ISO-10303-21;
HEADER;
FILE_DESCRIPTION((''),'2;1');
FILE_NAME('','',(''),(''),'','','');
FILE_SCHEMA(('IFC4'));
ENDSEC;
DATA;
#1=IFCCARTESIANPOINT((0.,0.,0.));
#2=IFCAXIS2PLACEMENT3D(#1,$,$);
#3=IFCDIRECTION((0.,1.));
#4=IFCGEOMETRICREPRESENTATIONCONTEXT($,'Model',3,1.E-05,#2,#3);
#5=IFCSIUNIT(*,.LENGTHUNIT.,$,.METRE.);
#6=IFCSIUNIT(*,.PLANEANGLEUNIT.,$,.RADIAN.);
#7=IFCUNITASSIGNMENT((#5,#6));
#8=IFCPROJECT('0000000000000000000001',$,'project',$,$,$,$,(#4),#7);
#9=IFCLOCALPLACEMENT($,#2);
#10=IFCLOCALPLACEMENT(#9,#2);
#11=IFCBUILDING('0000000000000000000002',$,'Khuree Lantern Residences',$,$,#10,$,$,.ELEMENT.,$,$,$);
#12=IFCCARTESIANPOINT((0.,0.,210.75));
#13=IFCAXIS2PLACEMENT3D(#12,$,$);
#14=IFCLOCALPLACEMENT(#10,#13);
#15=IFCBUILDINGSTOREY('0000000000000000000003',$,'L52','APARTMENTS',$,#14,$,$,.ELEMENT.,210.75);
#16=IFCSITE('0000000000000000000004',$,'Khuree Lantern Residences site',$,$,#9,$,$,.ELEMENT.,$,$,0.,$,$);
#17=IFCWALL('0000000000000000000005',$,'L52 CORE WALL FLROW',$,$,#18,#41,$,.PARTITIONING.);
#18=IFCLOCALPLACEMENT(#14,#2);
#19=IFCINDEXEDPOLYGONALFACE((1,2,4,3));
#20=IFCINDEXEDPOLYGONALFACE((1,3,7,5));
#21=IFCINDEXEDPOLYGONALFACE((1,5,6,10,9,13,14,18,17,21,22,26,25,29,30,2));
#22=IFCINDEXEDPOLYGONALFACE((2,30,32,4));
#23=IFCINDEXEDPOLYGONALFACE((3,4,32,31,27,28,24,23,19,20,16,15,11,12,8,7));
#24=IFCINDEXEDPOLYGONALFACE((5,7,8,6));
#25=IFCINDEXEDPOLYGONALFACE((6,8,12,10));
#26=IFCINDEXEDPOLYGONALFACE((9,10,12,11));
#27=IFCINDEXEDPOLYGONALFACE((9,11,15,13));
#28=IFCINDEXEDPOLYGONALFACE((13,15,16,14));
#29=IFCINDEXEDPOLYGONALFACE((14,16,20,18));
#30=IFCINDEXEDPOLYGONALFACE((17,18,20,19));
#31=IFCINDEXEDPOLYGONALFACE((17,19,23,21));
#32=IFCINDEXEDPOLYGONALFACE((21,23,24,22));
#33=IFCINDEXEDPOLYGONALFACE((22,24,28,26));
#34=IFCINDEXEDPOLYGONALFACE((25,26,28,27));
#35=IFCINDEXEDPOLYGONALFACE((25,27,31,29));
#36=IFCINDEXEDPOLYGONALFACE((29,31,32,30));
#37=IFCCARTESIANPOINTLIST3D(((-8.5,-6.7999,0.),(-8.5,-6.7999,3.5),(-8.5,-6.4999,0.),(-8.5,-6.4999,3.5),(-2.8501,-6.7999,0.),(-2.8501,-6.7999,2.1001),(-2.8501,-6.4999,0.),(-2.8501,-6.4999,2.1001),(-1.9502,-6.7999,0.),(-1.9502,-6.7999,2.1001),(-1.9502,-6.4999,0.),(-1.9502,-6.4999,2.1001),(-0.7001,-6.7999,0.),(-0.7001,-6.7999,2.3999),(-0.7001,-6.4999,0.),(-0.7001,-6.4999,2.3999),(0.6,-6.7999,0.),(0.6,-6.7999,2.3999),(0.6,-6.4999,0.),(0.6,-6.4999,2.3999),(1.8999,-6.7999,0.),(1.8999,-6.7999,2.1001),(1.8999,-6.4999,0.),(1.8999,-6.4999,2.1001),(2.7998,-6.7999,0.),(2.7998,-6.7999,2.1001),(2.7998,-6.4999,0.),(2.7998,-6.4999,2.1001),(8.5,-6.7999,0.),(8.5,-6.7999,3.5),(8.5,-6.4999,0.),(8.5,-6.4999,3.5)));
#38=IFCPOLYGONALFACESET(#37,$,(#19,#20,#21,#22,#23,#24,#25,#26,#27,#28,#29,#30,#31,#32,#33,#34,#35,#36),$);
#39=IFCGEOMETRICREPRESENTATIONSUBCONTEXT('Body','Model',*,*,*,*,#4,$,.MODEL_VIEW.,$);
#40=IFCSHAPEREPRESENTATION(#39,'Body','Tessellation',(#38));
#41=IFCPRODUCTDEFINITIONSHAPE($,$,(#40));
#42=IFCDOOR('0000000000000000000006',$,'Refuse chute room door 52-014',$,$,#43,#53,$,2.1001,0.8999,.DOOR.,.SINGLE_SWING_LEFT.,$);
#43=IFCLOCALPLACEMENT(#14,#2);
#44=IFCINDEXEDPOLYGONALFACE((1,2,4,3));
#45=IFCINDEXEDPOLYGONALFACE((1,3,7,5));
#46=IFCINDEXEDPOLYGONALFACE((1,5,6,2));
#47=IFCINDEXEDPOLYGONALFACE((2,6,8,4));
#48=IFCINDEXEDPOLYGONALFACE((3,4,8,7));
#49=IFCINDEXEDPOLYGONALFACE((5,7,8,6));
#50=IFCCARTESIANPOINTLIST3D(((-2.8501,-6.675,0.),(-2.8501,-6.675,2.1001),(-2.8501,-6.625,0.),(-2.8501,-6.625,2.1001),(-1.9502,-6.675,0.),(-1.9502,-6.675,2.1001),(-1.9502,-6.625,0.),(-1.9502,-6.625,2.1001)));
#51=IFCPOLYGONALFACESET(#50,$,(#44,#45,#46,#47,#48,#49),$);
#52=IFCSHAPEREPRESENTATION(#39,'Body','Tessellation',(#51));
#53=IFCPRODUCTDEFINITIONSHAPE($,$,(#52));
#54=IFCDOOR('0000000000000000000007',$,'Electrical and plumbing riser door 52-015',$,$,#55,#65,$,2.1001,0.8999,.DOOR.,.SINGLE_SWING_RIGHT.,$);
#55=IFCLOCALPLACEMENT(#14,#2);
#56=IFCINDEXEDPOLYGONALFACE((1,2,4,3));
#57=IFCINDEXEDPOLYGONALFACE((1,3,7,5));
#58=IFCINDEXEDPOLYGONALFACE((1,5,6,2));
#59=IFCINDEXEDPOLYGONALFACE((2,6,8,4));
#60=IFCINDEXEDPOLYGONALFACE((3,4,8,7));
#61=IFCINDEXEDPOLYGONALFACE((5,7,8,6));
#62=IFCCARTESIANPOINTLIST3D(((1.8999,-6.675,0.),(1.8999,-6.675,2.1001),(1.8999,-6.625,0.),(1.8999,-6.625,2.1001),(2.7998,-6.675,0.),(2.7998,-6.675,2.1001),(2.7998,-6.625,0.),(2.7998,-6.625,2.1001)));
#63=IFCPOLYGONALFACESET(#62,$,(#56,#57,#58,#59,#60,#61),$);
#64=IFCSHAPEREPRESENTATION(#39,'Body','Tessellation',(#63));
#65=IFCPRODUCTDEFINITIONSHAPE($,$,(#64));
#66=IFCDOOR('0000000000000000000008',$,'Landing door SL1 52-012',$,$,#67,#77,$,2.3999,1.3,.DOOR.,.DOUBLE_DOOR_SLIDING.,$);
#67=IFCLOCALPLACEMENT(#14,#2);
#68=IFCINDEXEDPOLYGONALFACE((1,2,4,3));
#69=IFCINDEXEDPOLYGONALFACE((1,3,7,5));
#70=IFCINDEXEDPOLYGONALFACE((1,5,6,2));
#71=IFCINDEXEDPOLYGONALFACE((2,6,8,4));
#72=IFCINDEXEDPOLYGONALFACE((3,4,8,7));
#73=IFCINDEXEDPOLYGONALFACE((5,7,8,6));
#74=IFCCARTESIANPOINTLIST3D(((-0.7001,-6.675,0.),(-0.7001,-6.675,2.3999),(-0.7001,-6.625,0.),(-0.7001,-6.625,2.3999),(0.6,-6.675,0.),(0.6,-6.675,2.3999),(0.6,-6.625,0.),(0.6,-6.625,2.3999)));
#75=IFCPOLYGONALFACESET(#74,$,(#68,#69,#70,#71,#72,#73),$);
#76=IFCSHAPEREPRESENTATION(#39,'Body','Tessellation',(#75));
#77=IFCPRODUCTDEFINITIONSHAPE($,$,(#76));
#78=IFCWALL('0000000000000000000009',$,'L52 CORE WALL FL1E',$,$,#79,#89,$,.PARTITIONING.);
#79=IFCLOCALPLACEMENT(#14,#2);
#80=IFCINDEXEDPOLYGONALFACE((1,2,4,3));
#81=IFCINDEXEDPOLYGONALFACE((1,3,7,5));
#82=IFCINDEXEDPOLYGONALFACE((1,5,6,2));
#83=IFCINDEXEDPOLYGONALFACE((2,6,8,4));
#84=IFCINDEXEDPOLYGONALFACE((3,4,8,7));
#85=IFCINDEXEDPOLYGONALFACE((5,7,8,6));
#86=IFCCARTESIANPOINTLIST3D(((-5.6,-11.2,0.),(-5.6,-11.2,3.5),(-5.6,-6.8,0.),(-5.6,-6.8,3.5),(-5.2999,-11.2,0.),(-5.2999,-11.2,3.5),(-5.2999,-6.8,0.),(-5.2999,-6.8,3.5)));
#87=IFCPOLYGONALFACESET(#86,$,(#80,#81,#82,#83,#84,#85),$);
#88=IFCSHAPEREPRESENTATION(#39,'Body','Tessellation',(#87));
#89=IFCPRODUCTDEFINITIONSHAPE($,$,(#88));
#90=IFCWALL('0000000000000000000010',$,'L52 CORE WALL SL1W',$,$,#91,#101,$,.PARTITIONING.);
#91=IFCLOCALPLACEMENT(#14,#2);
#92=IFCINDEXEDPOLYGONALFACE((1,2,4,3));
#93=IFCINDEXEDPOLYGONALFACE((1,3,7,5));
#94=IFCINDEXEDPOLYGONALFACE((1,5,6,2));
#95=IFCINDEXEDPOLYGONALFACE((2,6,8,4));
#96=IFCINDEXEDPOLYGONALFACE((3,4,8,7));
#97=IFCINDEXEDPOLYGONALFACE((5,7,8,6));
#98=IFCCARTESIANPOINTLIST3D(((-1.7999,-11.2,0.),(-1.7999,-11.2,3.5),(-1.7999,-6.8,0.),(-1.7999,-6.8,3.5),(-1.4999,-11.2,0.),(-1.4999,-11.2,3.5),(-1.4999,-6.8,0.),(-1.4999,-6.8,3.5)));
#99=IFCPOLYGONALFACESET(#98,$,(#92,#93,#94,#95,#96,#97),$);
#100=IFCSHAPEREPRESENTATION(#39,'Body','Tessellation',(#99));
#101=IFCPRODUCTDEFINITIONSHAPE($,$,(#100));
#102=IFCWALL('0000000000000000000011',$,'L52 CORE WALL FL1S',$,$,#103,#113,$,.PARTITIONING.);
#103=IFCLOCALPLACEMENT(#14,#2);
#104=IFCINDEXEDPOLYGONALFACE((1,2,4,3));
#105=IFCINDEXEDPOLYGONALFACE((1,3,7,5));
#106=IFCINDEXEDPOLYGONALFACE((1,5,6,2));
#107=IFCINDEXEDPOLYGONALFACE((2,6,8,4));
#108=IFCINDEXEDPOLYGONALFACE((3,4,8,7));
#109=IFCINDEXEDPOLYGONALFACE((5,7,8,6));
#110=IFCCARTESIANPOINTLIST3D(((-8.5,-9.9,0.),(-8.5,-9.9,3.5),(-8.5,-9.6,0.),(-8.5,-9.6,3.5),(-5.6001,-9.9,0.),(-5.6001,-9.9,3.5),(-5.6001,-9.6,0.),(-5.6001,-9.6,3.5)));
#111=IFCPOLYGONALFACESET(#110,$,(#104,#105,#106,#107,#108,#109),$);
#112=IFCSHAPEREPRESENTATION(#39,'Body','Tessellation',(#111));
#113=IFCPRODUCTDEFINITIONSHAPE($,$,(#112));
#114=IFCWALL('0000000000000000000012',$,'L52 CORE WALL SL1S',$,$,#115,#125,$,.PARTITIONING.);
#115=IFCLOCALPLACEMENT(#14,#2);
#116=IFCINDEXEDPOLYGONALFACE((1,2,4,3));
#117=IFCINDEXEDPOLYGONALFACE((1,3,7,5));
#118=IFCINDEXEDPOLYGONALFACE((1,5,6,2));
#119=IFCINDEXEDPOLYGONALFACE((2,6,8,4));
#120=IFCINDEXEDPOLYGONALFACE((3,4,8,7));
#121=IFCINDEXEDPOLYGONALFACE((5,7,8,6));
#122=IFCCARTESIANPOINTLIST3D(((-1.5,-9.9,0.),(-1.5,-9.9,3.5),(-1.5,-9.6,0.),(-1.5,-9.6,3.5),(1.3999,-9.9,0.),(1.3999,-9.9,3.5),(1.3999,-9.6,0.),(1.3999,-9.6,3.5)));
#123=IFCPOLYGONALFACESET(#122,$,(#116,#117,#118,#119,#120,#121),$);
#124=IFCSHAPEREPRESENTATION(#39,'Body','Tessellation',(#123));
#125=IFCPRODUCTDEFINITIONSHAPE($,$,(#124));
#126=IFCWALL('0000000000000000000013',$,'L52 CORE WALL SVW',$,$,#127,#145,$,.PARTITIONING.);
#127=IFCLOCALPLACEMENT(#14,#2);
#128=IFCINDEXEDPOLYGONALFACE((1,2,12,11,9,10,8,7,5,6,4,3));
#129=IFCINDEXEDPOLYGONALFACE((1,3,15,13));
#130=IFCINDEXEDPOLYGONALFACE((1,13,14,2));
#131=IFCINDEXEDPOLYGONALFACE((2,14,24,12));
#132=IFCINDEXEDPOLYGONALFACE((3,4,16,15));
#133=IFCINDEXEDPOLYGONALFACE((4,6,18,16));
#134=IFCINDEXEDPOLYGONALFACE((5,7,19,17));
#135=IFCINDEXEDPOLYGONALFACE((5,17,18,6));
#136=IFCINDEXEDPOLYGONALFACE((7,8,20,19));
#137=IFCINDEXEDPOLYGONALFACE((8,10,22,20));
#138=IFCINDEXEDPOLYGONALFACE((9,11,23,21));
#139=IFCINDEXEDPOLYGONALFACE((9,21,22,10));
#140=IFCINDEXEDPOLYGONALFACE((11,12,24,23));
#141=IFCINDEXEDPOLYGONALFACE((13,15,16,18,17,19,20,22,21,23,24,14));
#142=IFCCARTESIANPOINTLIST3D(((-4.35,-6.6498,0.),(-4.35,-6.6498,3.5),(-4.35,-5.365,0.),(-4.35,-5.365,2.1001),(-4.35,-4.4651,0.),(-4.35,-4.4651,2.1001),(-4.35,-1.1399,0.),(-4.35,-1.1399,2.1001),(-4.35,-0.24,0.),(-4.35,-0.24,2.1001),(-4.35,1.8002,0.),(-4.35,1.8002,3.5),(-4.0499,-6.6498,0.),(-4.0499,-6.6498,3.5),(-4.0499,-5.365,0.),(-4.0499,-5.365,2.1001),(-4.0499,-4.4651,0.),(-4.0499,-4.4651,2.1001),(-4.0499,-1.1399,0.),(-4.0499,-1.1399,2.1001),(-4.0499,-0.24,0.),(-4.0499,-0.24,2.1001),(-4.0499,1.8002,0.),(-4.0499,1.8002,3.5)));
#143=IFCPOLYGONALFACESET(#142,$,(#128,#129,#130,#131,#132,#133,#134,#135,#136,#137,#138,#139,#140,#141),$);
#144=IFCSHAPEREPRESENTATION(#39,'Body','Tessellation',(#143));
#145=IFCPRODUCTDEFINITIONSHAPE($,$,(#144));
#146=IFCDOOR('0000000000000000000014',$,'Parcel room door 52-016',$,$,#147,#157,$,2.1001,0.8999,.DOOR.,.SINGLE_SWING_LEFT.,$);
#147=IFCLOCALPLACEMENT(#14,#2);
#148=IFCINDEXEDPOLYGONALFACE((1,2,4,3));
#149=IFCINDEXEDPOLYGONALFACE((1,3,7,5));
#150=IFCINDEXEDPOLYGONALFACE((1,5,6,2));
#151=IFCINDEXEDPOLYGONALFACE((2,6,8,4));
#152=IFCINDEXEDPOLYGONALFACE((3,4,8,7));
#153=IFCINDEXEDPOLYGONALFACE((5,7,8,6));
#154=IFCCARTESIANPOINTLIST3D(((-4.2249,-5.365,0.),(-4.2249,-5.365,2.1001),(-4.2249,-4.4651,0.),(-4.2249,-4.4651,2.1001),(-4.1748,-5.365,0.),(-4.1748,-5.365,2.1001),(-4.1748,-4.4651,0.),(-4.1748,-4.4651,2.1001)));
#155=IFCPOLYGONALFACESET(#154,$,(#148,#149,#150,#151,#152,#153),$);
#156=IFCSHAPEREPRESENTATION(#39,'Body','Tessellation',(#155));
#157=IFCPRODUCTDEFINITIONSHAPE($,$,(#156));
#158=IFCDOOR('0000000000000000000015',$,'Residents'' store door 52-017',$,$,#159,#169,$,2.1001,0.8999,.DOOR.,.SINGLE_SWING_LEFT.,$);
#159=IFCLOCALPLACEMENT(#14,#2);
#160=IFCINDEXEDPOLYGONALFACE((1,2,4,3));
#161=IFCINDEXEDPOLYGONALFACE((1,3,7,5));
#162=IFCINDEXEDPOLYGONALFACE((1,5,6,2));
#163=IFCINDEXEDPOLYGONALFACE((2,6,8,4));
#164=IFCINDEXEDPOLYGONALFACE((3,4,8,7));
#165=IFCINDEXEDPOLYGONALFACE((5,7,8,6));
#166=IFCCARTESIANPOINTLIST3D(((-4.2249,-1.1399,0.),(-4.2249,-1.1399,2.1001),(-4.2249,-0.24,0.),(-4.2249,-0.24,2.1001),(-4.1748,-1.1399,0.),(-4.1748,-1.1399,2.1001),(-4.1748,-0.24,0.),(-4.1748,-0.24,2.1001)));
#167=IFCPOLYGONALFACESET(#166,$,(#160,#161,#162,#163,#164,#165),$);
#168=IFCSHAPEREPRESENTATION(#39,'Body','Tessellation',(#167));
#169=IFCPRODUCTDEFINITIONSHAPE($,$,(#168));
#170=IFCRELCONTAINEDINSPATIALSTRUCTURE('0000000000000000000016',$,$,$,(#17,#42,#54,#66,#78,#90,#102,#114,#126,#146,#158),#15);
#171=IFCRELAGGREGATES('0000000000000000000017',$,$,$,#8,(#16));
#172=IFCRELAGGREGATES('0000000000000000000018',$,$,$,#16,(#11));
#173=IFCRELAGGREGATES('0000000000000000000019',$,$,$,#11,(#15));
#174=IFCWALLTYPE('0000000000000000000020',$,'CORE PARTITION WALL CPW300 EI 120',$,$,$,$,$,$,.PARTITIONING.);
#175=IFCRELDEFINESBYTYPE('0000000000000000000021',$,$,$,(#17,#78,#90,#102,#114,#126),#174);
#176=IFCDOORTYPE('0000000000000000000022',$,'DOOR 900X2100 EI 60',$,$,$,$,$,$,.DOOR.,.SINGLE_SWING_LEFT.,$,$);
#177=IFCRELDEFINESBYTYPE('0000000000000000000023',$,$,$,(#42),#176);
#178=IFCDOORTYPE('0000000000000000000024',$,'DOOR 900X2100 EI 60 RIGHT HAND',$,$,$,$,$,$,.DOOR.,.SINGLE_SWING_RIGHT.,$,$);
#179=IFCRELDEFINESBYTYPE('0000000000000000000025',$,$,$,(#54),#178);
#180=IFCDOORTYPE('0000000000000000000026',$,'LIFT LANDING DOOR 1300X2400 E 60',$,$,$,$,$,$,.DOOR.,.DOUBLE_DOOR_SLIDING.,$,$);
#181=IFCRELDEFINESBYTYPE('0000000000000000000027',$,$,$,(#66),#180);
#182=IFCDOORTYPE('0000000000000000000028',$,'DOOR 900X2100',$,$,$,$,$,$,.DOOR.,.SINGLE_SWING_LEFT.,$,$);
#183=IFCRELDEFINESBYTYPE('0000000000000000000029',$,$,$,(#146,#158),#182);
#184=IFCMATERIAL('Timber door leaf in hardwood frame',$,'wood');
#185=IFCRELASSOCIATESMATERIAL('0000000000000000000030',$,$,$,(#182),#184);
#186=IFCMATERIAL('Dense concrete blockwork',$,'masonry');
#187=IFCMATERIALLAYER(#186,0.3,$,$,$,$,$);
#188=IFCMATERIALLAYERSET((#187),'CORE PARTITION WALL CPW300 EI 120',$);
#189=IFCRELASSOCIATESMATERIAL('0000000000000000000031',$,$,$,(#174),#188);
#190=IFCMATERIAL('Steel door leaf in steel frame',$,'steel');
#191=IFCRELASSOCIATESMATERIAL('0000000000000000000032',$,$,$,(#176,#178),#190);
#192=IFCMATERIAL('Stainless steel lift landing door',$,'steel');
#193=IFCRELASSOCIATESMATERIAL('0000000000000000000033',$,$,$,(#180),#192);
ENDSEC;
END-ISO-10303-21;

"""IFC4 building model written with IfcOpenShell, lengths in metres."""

from ifc_helpers import new_model, si_unit, direction, frame, frame_2d, origin, place, context, subcontext, project, spatial, rectangle, extrude, material, layer, layer_set, type_object, element, fill, save


model = new_model("IFC4")

# Units and contexts
model_context = context("Model", 3, precision=1e-05, world=origin(), true_north=direction((0.0, 1.0)))
body_context = subcontext(model_context, "Body", "Model", "MODEL_VIEW")
ifc_project = project(units=[si_unit("LENGTHUNIT", "METRE"), si_unit("PLANEANGLEUNIT", "RADIAN")], contexts=[model_context])

# Site, building, storey
site_placement = place(None, origin())
site = spatial("IfcSite", under=ifc_project, at=site_placement, Name="Khuree Lantern Residences site", CompositionType="ELEMENT", RefElevation=0.0)
building_placement = place(site_placement, origin())
building = spatial("IfcBuilding", under=site, at=building_placement, Name="Khuree Lantern Residences", CompositionType="ELEMENT")
storey_placement = place(building_placement, frame((0.0, 0.0, 210.75)))
storey = spatial("IfcBuildingStorey", under=building, at=storey_placement, Name="L52", Description="APARTMENTS", CompositionType="ELEMENT", Elevation=210.75)

# Shared definitions
ifc_material_1 = material(Name="Timber door leaf in hardwood frame", Category="wood")
door_type_1 = type_object("IfcDoorType", Name="DOOR 900X2100", OperationType="SINGLE_SWING_LEFT", PredefinedType="DOOR", material=ifc_material_1)

# Shared definitions
ifc_material_2 = material(Name="Dense concrete blockwork", Category="masonry")
ifc_layer_1 = layer(ifc_material_2, 0.3)
ifc_layer_set_1 = layer_set([ifc_layer_1], Name="CORE PARTITION WALL CPW300 EI 120")
wall_type_1 = type_object("IfcWallType", Name="CORE PARTITION WALL CPW300 EI 120", PredefinedType="PARTITIONING", material=ifc_layer_set_1)
ifc_material_3 = material(Name="Stainless steel lift landing door", Category="steel")

# Wall, openings, doors
wall_1_placement = place(storey_placement, frame((-8.5, -6.6499, 0.0), z_axis=(0.0, 0.0, 1.0), x_axis=(1.0, 0.0, 0.0)))
wall_1 = element("IfcWall", 1, at=wall_1_placement, inside=storey, type_object=wall_type_1, Name="L52 CORE WALL FLROW", PredefinedType="PARTITIONING", context=body_context, shape_type="SweptSolid", body=[
    extrude(rectangle(XDim=17.0, YDim=0.3, at=frame_2d((8.5, 0.0))), origin(), (0.0, 0.0, 1.0), 3.5),
])
opening_1_placement = place(wall_1_placement, frame((7.8, 0.0, 0.0)))
opening_1 = element("IfcOpeningElement", 2, at=opening_1_placement, cuts=wall_1, PredefinedType="OPENING", context=body_context, shape_type="SweptSolid", body=[
    extrude(rectangle(XDim=1.3, YDim=2.3999, at=frame_2d((0.6499, 1.2))), frame((0.0, 0.1602, 0.0), z_axis=(0.0, -1.0, 0.0), x_axis=(1.0, 0.0, 0.0)), (0.0, 0.0, 1.0), 0.3201),
])
opening_2_placement = place(wall_1_placement, frame((5.6499, 0.0, 0.0)))
opening_2 = element("IfcOpeningElement", 3, at=opening_2_placement, cuts=wall_1, PredefinedType="OPENING", context=body_context, shape_type="SweptSolid", body=[
    extrude(rectangle(XDim=0.8999, YDim=2.1001, at=frame_2d((0.45, 1.05))), frame((0.0, 0.1602, 0.0), z_axis=(0.0, -1.0, 0.0), x_axis=(1.0, 0.0, 0.0)), (0.0, 0.0, 1.0), 0.3201),
])
opening_3_placement = place(wall_1_placement, frame((10.3999, 0.0, 0.0)))
opening_3 = element("IfcOpeningElement", 4, at=opening_3_placement, cuts=wall_1, PredefinedType="OPENING", context=body_context, shape_type="SweptSolid", body=[
    extrude(rectangle(XDim=0.8999, YDim=2.1001, at=frame_2d((0.45, 1.05))), frame((0.0, 0.1602, 0.0), z_axis=(0.0, -1.0, 0.0), x_axis=(1.0, 0.0, 0.0)), (0.0, 0.0, 1.0), 0.3201),
])
ifc_material_4 = material(Name="Steel door leaf in steel frame", Category="steel")
door_type_2 = type_object("IfcDoorType", Name="DOOR 900X2100 EI 60", OperationType="SINGLE_SWING_LEFT", PredefinedType="DOOR", material=ifc_material_4)
door_1_placement = place(opening_2_placement, origin())
door_1 = element("IfcDoor", 5, at=door_1_placement, inside=storey, type_object=door_type_2, Name="Refuse chute room door 52-014", OperationType="SINGLE_SWING_LEFT", OverallHeight=2.1001, OverallWidth=0.8999, PredefinedType="DOOR", context=body_context, shape_type="SweptSolid", body=[
    extrude(rectangle(XDim=0.8999, YDim=2.1001, at=frame_2d((0.45, 1.05))), frame((0.0, 0.0249, 0.0), z_axis=(0.0, -1.0, 0.0), x_axis=(1.0, 0.0, 0.0)), (0.0, 0.0, 1.0), 0.05),
])
fill(opening_2, door_1)
door_type_3 = type_object("IfcDoorType", Name="DOOR 900X2100 EI 60 RIGHT HAND", OperationType="SINGLE_SWING_RIGHT", PredefinedType="DOOR", material=ifc_material_4)
door_2_placement = place(opening_3_placement, origin())
door_2 = element("IfcDoor", 6, at=door_2_placement, inside=storey, type_object=door_type_3, Name="Electrical and plumbing riser door 52-015", OperationType="SINGLE_SWING_RIGHT", OverallHeight=2.1001, OverallWidth=0.8999, PredefinedType="DOOR", context=body_context, shape_type="SweptSolid", body=[
    extrude(rectangle(XDim=0.8999, YDim=2.1001, at=frame_2d((0.45, 1.05))), frame((0.0, 0.0249, 0.0), z_axis=(0.0, -1.0, 0.0), x_axis=(1.0, 0.0, 0.0)), (0.0, 0.0, 1.0), 0.05),
])
fill(opening_3, door_2)
door_type_4 = type_object("IfcDoorType", Name="LIFT LANDING DOOR 1300X2400 E 60", OperationType="DOUBLE_DOOR_SLIDING", PredefinedType="DOOR", material=ifc_material_3)
door_3_placement = place(opening_1_placement, origin())
door_3 = element("IfcDoor", 7, at=door_3_placement, inside=storey, type_object=door_type_4, Name="Landing door SL1 52-012", OperationType="DOUBLE_DOOR_SLIDING", OverallHeight=2.3999, OverallWidth=1.3, PredefinedType="DOOR", context=body_context, shape_type="SweptSolid", body=[
    extrude(rectangle(XDim=1.3, YDim=2.3999, at=frame_2d((0.6499, 1.2))), frame((0.0, 0.0249, 0.0), z_axis=(0.0, -1.0, 0.0), x_axis=(1.0, 0.0, 0.0)), (0.0, 0.0, 1.0), 0.05),
])
fill(opening_1, door_3)

# Walls
for number, where, z_axis, x_axis, name in (
    (8, (-5.45, -11.2, 0.0), (0.0, 0.0, 1.0), (0.0, 1.0, 0.0), "L52 CORE WALL FL1E"),
    (9, (-1.6499, -11.2, 0.0), (0.0, 0.0, 1.0), (0.0, 1.0, 0.0), "L52 CORE WALL SL1W"),
):
    element("IfcWall", number, at=place(storey_placement, frame(where, z_axis=z_axis, x_axis=x_axis)), inside=storey, type_object=wall_type_1, Name=name, PredefinedType="PARTITIONING", context=body_context, shape_type="SweptSolid", body=[
        extrude(rectangle(XDim=4.3999, YDim=0.3, at=frame_2d((2.2, 0.0))), origin(), (0.0, 0.0, 1.0), 3.5),
    ])
for number, where, z_axis, x_axis, name in (
    (10, (-8.5, -9.75, 0.0), (0.0, 0.0, 1.0), (1.0, 0.0, 0.0), "L52 CORE WALL FL1S"),
    (11, (-1.5, -9.75, 0.0), (0.0, 0.0, 1.0), (1.0, 0.0, 0.0), "L52 CORE WALL SL1S"),
):
    element("IfcWall", number, at=place(storey_placement, frame(where, z_axis=z_axis, x_axis=x_axis)), inside=storey, type_object=wall_type_1, Name=name, PredefinedType="PARTITIONING", context=body_context, shape_type="SweptSolid", body=[
        extrude(rectangle(XDim=2.8999, YDim=0.3, at=frame_2d((1.45, 0.0))), origin(), (0.0, 0.0, 1.0), 3.5),
    ])

# Wall, openings, doors
wall_2_placement = place(storey_placement, frame((-4.2, -6.6499, 0.0), z_axis=(0.0, 0.0, 1.0), x_axis=(0.0, 1.0, 0.0)))
wall_2 = element("IfcWall", 12, at=wall_2_placement, inside=storey, type_object=wall_type_1, Name="L52 CORE WALL SVW", PredefinedType="PARTITIONING", context=body_context, shape_type="SweptSolid", body=[
    extrude(rectangle(XDim=8.45, YDim=0.3, at=frame_2d((4.2251, 0.0))), origin(), (0.0, 0.0, 1.0), 3.5),
])
opening_4_placement = place(wall_2_placement, frame((1.2849, 0.0, 0.0)))
opening_4 = element("IfcOpeningElement", 13, at=opening_4_placement, cuts=wall_2, PredefinedType="OPENING", context=body_context, shape_type="SweptSolid", body=[
    extrude(rectangle(XDim=0.8999, YDim=2.1001, at=frame_2d((0.45, 1.05))), frame((0.0, 0.1602, 0.0), z_axis=(0.0, -1.0, 0.0), x_axis=(1.0, 0.0, 0.0)), (0.0, 0.0, 1.0), 0.3201),
])
opening_5_placement = place(wall_2_placement, frame((5.51, 0.0, 0.0)))
opening_5 = element("IfcOpeningElement", 14, at=opening_5_placement, cuts=wall_2, PredefinedType="OPENING", context=body_context, shape_type="SweptSolid", body=[
    extrude(rectangle(XDim=0.8999, YDim=2.1001, at=frame_2d((0.45, 1.05))), frame((0.0, 0.1602, 0.0), z_axis=(0.0, -1.0, 0.0), x_axis=(1.0, 0.0, 0.0)), (0.0, 0.0, 1.0), 0.3201),
])
door_4_placement = place(opening_4_placement, origin())
door_4 = element("IfcDoor", 15, at=door_4_placement, inside=storey, type_object=door_type_1, Name="Parcel room door 52-016", OperationType="SINGLE_SWING_LEFT", OverallHeight=2.1001, OverallWidth=0.8999, PredefinedType="DOOR", context=body_context, shape_type="SweptSolid", body=[
    extrude(rectangle(XDim=0.8999, YDim=2.1001, at=frame_2d((0.45, 1.05))), frame((0.0, 0.0249, 0.0), z_axis=(0.0, -1.0, 0.0), x_axis=(1.0, 0.0, 0.0)), (0.0, 0.0, 1.0), 0.05),
])
fill(opening_4, door_4)
door_5_placement = place(opening_5_placement, origin())
door_5 = element("IfcDoor", 16, at=door_5_placement, inside=storey, type_object=door_type_1, Name="Residents' store door 52-017", OperationType="SINGLE_SWING_LEFT", OverallHeight=2.1001, OverallWidth=0.8999, PredefinedType="DOOR", context=body_context, shape_type="SweptSolid", body=[
    extrude(rectangle(XDim=0.8999, YDim=2.1001, at=frame_2d((0.45, 1.05))), frame((0.0, 0.0249, 0.0), z_axis=(0.0, -1.0, 0.0), x_axis=(1.0, 0.0, 0.0)), (0.0, 0.0, 1.0), 0.05),
])
fill(opening_5, door_5)

save(model, "model.ifc")
